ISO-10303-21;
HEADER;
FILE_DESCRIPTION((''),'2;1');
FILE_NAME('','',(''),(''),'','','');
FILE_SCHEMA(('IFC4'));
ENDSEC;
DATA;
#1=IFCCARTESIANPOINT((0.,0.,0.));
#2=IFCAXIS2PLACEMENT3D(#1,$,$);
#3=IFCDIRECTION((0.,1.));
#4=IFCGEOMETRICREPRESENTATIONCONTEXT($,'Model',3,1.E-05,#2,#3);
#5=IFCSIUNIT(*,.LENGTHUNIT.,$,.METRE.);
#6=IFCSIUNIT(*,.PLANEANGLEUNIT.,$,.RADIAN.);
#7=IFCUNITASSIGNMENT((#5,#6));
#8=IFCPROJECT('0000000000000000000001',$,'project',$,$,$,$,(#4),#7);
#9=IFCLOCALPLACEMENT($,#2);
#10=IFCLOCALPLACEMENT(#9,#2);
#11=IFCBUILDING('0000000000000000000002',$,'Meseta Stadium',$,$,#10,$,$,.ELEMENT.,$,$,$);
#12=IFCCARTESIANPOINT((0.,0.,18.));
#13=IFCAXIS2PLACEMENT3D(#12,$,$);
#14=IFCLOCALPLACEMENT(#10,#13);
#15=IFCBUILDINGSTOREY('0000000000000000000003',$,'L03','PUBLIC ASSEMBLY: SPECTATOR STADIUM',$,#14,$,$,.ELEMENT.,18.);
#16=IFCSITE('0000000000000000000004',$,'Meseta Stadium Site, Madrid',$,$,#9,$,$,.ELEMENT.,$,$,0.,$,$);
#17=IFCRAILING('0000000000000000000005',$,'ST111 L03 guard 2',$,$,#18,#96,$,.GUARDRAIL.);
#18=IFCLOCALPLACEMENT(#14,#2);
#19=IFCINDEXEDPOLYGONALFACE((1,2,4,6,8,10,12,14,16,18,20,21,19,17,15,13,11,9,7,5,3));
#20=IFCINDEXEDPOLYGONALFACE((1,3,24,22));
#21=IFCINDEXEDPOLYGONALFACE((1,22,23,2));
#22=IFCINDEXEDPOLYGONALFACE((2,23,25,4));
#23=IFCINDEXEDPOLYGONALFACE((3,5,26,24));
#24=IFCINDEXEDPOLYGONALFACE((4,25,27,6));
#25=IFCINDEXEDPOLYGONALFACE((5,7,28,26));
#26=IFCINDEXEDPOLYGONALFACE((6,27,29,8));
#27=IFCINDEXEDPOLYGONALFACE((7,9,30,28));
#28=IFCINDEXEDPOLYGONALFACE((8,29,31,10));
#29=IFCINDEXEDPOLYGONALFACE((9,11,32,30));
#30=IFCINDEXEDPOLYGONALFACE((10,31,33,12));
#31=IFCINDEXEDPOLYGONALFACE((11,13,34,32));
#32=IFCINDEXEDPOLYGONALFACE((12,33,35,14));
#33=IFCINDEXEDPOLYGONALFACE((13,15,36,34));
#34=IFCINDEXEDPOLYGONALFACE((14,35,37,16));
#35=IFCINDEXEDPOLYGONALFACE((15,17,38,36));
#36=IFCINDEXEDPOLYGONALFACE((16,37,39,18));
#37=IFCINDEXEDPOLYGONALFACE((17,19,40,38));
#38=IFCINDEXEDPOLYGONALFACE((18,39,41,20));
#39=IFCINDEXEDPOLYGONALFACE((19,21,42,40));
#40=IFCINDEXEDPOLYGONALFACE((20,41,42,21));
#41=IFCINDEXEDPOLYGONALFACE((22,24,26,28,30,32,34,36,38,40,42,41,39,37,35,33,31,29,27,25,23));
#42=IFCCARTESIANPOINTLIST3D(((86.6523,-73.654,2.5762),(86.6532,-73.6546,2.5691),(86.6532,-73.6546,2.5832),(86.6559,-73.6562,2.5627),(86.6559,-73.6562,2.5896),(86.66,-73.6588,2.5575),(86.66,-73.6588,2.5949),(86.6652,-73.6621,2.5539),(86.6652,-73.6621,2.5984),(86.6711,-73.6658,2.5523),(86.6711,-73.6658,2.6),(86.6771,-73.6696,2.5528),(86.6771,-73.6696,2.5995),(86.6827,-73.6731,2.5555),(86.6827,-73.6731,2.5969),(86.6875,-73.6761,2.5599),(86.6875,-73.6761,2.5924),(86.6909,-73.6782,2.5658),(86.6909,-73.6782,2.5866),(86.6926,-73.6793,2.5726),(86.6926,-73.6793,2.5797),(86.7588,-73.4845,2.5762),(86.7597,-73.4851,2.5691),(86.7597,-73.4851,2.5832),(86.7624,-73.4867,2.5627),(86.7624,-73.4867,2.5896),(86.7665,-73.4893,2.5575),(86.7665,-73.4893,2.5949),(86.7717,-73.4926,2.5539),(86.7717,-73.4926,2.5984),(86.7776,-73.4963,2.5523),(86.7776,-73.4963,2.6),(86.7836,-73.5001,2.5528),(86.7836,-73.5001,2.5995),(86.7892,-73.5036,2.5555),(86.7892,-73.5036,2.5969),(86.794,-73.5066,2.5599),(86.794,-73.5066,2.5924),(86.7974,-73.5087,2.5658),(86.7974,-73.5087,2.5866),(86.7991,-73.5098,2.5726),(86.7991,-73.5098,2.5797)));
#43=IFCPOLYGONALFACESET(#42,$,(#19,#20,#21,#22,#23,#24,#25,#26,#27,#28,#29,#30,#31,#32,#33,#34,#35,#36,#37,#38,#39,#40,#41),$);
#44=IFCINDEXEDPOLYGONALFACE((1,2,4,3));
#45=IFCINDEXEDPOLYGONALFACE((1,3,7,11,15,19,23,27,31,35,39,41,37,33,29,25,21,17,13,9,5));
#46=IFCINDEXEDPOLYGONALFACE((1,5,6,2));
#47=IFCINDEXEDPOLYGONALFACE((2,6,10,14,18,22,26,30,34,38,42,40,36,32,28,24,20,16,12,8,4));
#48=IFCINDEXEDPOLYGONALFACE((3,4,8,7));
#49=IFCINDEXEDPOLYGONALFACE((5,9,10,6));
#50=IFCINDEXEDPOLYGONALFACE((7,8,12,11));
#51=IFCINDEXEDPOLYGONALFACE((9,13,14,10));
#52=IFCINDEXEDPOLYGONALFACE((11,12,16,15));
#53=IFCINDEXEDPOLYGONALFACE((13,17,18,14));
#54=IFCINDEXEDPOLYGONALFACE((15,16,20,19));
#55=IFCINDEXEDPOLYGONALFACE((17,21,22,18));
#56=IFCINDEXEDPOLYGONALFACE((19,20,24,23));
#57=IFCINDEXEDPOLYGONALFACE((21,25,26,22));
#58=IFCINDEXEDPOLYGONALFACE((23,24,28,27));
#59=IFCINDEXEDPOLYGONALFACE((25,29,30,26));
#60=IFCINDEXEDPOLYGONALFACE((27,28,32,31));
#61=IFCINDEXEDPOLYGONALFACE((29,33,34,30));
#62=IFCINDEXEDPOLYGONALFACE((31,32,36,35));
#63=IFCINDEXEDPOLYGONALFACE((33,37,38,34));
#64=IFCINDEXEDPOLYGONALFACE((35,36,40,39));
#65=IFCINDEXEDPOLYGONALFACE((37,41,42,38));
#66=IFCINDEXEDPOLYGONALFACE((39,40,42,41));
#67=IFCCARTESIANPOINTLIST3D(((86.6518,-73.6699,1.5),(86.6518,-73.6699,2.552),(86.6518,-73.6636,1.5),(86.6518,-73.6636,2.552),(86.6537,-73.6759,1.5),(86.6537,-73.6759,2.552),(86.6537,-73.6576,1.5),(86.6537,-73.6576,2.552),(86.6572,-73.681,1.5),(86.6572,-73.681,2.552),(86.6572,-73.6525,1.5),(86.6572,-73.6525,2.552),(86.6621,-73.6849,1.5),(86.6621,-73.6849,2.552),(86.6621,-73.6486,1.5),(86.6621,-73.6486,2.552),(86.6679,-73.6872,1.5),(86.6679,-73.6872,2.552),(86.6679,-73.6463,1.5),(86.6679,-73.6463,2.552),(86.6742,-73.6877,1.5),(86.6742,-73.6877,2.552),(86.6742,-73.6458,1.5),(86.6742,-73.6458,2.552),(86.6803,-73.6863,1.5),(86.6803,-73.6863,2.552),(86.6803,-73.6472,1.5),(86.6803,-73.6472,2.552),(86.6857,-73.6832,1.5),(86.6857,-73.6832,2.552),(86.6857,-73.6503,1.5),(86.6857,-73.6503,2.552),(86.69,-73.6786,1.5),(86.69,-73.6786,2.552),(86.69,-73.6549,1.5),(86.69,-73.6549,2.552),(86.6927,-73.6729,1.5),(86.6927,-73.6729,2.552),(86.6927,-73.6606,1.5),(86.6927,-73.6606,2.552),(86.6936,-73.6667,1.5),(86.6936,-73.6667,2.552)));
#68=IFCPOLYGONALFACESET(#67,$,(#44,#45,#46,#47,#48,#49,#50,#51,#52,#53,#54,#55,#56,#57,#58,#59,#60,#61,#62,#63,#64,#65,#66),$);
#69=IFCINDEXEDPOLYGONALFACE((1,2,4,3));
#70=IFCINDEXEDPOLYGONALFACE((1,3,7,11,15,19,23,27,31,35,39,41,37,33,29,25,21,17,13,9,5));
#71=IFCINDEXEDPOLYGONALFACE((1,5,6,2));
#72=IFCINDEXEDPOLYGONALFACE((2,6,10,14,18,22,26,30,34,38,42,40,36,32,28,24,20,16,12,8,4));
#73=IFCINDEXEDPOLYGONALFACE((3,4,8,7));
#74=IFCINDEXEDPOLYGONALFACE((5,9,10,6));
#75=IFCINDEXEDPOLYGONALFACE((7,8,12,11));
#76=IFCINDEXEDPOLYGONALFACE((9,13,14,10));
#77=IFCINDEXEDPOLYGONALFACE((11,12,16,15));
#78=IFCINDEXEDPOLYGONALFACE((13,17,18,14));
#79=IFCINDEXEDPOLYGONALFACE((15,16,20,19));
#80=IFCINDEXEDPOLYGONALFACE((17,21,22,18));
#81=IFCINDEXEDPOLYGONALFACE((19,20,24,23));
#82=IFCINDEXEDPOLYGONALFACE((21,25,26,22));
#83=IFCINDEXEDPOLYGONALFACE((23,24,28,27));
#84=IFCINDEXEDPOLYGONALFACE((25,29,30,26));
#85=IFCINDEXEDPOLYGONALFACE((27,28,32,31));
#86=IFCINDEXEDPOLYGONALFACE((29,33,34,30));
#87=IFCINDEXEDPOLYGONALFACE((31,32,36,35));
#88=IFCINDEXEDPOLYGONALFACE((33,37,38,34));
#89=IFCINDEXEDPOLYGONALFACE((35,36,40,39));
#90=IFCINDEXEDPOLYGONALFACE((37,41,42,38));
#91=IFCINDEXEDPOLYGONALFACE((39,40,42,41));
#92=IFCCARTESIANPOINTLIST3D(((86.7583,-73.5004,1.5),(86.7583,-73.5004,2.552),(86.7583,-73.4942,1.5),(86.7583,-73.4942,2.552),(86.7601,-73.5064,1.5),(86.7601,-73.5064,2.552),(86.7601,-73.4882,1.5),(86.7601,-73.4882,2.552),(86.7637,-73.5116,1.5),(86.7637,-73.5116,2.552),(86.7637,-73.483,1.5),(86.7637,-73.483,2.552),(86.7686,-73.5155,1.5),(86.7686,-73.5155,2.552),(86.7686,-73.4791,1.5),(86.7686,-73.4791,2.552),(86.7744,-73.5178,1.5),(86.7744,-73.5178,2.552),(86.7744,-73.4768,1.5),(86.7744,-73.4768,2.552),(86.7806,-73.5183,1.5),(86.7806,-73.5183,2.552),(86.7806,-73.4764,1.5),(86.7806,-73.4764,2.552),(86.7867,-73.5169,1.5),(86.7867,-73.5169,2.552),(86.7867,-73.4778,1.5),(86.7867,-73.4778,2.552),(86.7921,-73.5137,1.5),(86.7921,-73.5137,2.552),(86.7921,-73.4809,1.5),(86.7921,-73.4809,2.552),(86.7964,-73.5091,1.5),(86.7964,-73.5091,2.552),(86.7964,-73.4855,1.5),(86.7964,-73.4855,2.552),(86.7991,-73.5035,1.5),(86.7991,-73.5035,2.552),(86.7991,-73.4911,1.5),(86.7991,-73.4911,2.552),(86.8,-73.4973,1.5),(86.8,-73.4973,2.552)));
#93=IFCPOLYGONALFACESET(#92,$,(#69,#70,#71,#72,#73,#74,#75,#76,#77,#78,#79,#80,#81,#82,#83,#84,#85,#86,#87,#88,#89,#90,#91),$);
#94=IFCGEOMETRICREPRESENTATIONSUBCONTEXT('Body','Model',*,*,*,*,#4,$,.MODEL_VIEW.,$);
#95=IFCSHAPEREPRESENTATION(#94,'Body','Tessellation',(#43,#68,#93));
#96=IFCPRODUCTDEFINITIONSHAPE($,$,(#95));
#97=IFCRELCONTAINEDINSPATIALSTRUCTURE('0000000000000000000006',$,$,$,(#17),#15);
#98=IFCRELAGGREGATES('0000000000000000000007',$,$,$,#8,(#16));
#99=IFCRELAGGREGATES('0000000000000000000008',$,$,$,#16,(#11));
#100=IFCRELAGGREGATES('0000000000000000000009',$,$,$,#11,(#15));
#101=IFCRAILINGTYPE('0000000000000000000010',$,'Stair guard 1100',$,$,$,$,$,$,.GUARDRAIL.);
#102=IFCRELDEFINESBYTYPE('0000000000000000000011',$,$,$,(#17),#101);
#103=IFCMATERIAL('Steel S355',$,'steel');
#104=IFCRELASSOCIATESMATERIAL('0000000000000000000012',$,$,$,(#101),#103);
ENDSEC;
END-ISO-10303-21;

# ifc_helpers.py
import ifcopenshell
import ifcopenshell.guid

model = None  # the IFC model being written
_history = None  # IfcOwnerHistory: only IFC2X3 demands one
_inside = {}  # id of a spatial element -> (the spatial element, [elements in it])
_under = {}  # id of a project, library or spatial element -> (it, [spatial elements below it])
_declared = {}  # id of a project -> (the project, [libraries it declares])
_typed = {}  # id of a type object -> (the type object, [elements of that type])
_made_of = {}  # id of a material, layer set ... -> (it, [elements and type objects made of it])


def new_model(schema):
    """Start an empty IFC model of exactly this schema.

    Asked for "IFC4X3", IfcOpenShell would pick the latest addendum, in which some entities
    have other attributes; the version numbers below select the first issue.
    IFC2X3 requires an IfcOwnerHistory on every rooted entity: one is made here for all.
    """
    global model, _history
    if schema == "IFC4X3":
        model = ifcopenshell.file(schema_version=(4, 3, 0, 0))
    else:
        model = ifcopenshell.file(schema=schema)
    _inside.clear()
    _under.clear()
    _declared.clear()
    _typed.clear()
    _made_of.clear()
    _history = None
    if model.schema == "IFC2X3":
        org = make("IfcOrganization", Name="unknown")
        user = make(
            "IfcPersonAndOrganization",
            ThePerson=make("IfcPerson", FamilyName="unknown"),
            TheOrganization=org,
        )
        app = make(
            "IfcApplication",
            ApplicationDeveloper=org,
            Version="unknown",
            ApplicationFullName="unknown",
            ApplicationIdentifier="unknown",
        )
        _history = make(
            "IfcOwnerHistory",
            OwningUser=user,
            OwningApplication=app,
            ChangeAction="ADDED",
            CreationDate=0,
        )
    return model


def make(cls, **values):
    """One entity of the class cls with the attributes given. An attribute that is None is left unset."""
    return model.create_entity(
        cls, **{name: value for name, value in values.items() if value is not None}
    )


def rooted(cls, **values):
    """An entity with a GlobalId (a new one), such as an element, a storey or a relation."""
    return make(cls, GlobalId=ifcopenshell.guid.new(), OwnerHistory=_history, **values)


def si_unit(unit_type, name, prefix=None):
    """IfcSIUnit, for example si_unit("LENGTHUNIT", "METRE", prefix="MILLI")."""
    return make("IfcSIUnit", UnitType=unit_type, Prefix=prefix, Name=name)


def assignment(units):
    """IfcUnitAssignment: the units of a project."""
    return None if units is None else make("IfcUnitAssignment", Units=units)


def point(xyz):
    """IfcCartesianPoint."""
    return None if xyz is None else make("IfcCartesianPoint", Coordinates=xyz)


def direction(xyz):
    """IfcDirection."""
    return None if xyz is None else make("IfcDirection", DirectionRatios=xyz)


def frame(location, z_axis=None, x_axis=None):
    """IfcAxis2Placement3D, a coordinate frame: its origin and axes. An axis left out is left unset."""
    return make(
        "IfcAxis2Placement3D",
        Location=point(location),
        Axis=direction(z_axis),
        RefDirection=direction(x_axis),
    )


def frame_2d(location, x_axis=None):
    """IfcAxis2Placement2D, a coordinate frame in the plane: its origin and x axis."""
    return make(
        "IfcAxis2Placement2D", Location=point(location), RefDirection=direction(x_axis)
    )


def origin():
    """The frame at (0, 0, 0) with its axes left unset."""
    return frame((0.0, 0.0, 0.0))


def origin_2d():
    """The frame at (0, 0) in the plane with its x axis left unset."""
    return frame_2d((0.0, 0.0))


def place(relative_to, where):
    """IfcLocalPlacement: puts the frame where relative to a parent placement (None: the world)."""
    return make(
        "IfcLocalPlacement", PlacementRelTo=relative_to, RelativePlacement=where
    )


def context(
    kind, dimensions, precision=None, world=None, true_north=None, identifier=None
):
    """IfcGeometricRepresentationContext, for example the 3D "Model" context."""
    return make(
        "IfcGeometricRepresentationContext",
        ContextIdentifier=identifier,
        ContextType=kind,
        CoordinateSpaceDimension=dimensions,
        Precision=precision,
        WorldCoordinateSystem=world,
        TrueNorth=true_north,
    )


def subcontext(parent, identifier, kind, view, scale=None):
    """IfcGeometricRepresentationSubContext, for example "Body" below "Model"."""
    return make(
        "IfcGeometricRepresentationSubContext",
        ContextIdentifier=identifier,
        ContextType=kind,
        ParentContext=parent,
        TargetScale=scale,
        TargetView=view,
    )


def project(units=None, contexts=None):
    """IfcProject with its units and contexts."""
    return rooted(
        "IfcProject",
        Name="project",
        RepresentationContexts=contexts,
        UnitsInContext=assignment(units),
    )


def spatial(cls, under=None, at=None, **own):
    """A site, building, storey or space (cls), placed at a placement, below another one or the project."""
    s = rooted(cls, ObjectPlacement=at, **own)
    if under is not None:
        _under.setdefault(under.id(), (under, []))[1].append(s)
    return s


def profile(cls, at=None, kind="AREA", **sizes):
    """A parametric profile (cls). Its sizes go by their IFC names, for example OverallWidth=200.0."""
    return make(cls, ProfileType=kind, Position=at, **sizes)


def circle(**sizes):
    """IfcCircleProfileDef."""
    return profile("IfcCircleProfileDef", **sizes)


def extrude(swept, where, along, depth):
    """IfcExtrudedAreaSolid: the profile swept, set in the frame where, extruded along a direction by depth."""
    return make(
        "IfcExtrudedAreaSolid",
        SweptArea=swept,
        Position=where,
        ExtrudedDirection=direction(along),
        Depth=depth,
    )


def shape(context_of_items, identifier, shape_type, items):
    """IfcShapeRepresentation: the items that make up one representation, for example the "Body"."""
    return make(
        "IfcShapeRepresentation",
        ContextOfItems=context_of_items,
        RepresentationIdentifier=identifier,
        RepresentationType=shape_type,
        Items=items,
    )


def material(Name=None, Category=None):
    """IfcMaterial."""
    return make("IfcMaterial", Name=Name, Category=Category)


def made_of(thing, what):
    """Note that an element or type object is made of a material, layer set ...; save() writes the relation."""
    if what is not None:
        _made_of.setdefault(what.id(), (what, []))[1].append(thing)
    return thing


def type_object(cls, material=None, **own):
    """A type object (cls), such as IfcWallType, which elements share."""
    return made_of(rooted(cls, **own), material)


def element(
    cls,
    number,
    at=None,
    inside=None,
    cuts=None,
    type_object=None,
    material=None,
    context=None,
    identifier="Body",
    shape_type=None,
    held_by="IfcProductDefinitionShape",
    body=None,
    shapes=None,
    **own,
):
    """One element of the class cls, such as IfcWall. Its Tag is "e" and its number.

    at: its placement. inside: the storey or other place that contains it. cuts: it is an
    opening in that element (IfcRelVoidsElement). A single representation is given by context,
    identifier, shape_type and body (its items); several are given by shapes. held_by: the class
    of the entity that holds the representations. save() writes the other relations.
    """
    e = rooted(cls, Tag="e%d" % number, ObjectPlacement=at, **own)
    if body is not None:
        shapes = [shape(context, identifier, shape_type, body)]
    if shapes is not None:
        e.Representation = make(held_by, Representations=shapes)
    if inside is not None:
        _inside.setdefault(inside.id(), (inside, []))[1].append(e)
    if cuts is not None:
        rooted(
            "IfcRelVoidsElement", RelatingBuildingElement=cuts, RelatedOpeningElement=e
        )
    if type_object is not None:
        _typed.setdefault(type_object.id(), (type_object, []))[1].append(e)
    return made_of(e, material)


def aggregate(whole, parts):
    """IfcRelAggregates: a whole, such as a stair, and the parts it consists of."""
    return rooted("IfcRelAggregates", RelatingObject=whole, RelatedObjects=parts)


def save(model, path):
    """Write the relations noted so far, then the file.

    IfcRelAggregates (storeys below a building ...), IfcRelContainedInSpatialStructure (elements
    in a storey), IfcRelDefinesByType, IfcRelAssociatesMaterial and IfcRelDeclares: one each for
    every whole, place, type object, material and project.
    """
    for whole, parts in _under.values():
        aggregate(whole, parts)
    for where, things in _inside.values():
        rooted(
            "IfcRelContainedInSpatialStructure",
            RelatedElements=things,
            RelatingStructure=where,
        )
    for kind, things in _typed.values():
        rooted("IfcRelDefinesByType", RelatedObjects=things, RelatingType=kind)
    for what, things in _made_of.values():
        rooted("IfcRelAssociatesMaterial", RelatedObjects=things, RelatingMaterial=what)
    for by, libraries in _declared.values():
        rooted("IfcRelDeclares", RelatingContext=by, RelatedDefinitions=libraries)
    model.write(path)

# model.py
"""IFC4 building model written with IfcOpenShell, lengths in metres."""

from ifc_helpers import new_model, si_unit, direction, frame, origin, origin_2d, place, context, subcontext, project, spatial, circle, extrude, material, type_object, element, save


model = new_model("IFC4")

# Units and contexts
model_context = context("Model", 3, precision=1e-05, world=origin(), true_north=direction((0.0, 1.0)))
body_context = subcontext(model_context, "Body", "Model", "MODEL_VIEW")
ifc_project = project(units=[si_unit("LENGTHUNIT", "METRE"), si_unit("PLANEANGLEUNIT", "RADIAN")], contexts=[model_context])

# Site, building, storey
site_placement = place(None, origin())
site = spatial("IfcSite", under=ifc_project, at=site_placement, Name="Meseta Stadium Site, Madrid", CompositionType="ELEMENT", RefElevation=0.0)
building_placement = place(site_placement, origin())
building = spatial("IfcBuilding", under=site, at=building_placement, Name="Meseta Stadium", CompositionType="ELEMENT")
storey_placement = place(building_placement, frame((0.0, 0.0, 18.0)))
storey = spatial("IfcBuildingStorey", under=building, at=storey_placement, Name="L03", Description="PUBLIC ASSEMBLY: SPECTATOR STADIUM", CompositionType="ELEMENT", Elevation=18.0)

# Railing
ifc_material_1 = material(Name="Steel S355", Category="steel")
railing_type_1 = type_object("IfcRailingType", Name="Stair guard 1100", PredefinedType="GUARDRAIL", material=ifc_material_1)
railing_1_placement = place(storey_placement, frame((86.6726, -73.6667, 1.5)))
element("IfcRailing", 1, at=railing_1_placement, inside=storey, type_object=railing_type_1, Name="ST111 L03 guard 2", PredefinedType="GUARDRAIL", context=body_context, shape_type="SweptSolid", body=[
    extrude(circle(Radius=0.0239, at=origin_2d()), frame((0.0, 0.0, 1.0762), z_axis=(0.531972, 0.846762, 0.0), x_axis=(-0.846762, 0.531972, 0.0)), (0.0, 0.0, 1.0), 0.2002),
    extrude(circle(Radius=0.021, at=origin_2d()), origin(), (0.0, 0.0, 1.0), 1.052),
    extrude(circle(Radius=0.021, at=origin_2d()), frame((0.1064, 0.1694, 0.0)), (0.0, 0.0, 1.0), 1.052),
])

save(model, "model.ifc")
